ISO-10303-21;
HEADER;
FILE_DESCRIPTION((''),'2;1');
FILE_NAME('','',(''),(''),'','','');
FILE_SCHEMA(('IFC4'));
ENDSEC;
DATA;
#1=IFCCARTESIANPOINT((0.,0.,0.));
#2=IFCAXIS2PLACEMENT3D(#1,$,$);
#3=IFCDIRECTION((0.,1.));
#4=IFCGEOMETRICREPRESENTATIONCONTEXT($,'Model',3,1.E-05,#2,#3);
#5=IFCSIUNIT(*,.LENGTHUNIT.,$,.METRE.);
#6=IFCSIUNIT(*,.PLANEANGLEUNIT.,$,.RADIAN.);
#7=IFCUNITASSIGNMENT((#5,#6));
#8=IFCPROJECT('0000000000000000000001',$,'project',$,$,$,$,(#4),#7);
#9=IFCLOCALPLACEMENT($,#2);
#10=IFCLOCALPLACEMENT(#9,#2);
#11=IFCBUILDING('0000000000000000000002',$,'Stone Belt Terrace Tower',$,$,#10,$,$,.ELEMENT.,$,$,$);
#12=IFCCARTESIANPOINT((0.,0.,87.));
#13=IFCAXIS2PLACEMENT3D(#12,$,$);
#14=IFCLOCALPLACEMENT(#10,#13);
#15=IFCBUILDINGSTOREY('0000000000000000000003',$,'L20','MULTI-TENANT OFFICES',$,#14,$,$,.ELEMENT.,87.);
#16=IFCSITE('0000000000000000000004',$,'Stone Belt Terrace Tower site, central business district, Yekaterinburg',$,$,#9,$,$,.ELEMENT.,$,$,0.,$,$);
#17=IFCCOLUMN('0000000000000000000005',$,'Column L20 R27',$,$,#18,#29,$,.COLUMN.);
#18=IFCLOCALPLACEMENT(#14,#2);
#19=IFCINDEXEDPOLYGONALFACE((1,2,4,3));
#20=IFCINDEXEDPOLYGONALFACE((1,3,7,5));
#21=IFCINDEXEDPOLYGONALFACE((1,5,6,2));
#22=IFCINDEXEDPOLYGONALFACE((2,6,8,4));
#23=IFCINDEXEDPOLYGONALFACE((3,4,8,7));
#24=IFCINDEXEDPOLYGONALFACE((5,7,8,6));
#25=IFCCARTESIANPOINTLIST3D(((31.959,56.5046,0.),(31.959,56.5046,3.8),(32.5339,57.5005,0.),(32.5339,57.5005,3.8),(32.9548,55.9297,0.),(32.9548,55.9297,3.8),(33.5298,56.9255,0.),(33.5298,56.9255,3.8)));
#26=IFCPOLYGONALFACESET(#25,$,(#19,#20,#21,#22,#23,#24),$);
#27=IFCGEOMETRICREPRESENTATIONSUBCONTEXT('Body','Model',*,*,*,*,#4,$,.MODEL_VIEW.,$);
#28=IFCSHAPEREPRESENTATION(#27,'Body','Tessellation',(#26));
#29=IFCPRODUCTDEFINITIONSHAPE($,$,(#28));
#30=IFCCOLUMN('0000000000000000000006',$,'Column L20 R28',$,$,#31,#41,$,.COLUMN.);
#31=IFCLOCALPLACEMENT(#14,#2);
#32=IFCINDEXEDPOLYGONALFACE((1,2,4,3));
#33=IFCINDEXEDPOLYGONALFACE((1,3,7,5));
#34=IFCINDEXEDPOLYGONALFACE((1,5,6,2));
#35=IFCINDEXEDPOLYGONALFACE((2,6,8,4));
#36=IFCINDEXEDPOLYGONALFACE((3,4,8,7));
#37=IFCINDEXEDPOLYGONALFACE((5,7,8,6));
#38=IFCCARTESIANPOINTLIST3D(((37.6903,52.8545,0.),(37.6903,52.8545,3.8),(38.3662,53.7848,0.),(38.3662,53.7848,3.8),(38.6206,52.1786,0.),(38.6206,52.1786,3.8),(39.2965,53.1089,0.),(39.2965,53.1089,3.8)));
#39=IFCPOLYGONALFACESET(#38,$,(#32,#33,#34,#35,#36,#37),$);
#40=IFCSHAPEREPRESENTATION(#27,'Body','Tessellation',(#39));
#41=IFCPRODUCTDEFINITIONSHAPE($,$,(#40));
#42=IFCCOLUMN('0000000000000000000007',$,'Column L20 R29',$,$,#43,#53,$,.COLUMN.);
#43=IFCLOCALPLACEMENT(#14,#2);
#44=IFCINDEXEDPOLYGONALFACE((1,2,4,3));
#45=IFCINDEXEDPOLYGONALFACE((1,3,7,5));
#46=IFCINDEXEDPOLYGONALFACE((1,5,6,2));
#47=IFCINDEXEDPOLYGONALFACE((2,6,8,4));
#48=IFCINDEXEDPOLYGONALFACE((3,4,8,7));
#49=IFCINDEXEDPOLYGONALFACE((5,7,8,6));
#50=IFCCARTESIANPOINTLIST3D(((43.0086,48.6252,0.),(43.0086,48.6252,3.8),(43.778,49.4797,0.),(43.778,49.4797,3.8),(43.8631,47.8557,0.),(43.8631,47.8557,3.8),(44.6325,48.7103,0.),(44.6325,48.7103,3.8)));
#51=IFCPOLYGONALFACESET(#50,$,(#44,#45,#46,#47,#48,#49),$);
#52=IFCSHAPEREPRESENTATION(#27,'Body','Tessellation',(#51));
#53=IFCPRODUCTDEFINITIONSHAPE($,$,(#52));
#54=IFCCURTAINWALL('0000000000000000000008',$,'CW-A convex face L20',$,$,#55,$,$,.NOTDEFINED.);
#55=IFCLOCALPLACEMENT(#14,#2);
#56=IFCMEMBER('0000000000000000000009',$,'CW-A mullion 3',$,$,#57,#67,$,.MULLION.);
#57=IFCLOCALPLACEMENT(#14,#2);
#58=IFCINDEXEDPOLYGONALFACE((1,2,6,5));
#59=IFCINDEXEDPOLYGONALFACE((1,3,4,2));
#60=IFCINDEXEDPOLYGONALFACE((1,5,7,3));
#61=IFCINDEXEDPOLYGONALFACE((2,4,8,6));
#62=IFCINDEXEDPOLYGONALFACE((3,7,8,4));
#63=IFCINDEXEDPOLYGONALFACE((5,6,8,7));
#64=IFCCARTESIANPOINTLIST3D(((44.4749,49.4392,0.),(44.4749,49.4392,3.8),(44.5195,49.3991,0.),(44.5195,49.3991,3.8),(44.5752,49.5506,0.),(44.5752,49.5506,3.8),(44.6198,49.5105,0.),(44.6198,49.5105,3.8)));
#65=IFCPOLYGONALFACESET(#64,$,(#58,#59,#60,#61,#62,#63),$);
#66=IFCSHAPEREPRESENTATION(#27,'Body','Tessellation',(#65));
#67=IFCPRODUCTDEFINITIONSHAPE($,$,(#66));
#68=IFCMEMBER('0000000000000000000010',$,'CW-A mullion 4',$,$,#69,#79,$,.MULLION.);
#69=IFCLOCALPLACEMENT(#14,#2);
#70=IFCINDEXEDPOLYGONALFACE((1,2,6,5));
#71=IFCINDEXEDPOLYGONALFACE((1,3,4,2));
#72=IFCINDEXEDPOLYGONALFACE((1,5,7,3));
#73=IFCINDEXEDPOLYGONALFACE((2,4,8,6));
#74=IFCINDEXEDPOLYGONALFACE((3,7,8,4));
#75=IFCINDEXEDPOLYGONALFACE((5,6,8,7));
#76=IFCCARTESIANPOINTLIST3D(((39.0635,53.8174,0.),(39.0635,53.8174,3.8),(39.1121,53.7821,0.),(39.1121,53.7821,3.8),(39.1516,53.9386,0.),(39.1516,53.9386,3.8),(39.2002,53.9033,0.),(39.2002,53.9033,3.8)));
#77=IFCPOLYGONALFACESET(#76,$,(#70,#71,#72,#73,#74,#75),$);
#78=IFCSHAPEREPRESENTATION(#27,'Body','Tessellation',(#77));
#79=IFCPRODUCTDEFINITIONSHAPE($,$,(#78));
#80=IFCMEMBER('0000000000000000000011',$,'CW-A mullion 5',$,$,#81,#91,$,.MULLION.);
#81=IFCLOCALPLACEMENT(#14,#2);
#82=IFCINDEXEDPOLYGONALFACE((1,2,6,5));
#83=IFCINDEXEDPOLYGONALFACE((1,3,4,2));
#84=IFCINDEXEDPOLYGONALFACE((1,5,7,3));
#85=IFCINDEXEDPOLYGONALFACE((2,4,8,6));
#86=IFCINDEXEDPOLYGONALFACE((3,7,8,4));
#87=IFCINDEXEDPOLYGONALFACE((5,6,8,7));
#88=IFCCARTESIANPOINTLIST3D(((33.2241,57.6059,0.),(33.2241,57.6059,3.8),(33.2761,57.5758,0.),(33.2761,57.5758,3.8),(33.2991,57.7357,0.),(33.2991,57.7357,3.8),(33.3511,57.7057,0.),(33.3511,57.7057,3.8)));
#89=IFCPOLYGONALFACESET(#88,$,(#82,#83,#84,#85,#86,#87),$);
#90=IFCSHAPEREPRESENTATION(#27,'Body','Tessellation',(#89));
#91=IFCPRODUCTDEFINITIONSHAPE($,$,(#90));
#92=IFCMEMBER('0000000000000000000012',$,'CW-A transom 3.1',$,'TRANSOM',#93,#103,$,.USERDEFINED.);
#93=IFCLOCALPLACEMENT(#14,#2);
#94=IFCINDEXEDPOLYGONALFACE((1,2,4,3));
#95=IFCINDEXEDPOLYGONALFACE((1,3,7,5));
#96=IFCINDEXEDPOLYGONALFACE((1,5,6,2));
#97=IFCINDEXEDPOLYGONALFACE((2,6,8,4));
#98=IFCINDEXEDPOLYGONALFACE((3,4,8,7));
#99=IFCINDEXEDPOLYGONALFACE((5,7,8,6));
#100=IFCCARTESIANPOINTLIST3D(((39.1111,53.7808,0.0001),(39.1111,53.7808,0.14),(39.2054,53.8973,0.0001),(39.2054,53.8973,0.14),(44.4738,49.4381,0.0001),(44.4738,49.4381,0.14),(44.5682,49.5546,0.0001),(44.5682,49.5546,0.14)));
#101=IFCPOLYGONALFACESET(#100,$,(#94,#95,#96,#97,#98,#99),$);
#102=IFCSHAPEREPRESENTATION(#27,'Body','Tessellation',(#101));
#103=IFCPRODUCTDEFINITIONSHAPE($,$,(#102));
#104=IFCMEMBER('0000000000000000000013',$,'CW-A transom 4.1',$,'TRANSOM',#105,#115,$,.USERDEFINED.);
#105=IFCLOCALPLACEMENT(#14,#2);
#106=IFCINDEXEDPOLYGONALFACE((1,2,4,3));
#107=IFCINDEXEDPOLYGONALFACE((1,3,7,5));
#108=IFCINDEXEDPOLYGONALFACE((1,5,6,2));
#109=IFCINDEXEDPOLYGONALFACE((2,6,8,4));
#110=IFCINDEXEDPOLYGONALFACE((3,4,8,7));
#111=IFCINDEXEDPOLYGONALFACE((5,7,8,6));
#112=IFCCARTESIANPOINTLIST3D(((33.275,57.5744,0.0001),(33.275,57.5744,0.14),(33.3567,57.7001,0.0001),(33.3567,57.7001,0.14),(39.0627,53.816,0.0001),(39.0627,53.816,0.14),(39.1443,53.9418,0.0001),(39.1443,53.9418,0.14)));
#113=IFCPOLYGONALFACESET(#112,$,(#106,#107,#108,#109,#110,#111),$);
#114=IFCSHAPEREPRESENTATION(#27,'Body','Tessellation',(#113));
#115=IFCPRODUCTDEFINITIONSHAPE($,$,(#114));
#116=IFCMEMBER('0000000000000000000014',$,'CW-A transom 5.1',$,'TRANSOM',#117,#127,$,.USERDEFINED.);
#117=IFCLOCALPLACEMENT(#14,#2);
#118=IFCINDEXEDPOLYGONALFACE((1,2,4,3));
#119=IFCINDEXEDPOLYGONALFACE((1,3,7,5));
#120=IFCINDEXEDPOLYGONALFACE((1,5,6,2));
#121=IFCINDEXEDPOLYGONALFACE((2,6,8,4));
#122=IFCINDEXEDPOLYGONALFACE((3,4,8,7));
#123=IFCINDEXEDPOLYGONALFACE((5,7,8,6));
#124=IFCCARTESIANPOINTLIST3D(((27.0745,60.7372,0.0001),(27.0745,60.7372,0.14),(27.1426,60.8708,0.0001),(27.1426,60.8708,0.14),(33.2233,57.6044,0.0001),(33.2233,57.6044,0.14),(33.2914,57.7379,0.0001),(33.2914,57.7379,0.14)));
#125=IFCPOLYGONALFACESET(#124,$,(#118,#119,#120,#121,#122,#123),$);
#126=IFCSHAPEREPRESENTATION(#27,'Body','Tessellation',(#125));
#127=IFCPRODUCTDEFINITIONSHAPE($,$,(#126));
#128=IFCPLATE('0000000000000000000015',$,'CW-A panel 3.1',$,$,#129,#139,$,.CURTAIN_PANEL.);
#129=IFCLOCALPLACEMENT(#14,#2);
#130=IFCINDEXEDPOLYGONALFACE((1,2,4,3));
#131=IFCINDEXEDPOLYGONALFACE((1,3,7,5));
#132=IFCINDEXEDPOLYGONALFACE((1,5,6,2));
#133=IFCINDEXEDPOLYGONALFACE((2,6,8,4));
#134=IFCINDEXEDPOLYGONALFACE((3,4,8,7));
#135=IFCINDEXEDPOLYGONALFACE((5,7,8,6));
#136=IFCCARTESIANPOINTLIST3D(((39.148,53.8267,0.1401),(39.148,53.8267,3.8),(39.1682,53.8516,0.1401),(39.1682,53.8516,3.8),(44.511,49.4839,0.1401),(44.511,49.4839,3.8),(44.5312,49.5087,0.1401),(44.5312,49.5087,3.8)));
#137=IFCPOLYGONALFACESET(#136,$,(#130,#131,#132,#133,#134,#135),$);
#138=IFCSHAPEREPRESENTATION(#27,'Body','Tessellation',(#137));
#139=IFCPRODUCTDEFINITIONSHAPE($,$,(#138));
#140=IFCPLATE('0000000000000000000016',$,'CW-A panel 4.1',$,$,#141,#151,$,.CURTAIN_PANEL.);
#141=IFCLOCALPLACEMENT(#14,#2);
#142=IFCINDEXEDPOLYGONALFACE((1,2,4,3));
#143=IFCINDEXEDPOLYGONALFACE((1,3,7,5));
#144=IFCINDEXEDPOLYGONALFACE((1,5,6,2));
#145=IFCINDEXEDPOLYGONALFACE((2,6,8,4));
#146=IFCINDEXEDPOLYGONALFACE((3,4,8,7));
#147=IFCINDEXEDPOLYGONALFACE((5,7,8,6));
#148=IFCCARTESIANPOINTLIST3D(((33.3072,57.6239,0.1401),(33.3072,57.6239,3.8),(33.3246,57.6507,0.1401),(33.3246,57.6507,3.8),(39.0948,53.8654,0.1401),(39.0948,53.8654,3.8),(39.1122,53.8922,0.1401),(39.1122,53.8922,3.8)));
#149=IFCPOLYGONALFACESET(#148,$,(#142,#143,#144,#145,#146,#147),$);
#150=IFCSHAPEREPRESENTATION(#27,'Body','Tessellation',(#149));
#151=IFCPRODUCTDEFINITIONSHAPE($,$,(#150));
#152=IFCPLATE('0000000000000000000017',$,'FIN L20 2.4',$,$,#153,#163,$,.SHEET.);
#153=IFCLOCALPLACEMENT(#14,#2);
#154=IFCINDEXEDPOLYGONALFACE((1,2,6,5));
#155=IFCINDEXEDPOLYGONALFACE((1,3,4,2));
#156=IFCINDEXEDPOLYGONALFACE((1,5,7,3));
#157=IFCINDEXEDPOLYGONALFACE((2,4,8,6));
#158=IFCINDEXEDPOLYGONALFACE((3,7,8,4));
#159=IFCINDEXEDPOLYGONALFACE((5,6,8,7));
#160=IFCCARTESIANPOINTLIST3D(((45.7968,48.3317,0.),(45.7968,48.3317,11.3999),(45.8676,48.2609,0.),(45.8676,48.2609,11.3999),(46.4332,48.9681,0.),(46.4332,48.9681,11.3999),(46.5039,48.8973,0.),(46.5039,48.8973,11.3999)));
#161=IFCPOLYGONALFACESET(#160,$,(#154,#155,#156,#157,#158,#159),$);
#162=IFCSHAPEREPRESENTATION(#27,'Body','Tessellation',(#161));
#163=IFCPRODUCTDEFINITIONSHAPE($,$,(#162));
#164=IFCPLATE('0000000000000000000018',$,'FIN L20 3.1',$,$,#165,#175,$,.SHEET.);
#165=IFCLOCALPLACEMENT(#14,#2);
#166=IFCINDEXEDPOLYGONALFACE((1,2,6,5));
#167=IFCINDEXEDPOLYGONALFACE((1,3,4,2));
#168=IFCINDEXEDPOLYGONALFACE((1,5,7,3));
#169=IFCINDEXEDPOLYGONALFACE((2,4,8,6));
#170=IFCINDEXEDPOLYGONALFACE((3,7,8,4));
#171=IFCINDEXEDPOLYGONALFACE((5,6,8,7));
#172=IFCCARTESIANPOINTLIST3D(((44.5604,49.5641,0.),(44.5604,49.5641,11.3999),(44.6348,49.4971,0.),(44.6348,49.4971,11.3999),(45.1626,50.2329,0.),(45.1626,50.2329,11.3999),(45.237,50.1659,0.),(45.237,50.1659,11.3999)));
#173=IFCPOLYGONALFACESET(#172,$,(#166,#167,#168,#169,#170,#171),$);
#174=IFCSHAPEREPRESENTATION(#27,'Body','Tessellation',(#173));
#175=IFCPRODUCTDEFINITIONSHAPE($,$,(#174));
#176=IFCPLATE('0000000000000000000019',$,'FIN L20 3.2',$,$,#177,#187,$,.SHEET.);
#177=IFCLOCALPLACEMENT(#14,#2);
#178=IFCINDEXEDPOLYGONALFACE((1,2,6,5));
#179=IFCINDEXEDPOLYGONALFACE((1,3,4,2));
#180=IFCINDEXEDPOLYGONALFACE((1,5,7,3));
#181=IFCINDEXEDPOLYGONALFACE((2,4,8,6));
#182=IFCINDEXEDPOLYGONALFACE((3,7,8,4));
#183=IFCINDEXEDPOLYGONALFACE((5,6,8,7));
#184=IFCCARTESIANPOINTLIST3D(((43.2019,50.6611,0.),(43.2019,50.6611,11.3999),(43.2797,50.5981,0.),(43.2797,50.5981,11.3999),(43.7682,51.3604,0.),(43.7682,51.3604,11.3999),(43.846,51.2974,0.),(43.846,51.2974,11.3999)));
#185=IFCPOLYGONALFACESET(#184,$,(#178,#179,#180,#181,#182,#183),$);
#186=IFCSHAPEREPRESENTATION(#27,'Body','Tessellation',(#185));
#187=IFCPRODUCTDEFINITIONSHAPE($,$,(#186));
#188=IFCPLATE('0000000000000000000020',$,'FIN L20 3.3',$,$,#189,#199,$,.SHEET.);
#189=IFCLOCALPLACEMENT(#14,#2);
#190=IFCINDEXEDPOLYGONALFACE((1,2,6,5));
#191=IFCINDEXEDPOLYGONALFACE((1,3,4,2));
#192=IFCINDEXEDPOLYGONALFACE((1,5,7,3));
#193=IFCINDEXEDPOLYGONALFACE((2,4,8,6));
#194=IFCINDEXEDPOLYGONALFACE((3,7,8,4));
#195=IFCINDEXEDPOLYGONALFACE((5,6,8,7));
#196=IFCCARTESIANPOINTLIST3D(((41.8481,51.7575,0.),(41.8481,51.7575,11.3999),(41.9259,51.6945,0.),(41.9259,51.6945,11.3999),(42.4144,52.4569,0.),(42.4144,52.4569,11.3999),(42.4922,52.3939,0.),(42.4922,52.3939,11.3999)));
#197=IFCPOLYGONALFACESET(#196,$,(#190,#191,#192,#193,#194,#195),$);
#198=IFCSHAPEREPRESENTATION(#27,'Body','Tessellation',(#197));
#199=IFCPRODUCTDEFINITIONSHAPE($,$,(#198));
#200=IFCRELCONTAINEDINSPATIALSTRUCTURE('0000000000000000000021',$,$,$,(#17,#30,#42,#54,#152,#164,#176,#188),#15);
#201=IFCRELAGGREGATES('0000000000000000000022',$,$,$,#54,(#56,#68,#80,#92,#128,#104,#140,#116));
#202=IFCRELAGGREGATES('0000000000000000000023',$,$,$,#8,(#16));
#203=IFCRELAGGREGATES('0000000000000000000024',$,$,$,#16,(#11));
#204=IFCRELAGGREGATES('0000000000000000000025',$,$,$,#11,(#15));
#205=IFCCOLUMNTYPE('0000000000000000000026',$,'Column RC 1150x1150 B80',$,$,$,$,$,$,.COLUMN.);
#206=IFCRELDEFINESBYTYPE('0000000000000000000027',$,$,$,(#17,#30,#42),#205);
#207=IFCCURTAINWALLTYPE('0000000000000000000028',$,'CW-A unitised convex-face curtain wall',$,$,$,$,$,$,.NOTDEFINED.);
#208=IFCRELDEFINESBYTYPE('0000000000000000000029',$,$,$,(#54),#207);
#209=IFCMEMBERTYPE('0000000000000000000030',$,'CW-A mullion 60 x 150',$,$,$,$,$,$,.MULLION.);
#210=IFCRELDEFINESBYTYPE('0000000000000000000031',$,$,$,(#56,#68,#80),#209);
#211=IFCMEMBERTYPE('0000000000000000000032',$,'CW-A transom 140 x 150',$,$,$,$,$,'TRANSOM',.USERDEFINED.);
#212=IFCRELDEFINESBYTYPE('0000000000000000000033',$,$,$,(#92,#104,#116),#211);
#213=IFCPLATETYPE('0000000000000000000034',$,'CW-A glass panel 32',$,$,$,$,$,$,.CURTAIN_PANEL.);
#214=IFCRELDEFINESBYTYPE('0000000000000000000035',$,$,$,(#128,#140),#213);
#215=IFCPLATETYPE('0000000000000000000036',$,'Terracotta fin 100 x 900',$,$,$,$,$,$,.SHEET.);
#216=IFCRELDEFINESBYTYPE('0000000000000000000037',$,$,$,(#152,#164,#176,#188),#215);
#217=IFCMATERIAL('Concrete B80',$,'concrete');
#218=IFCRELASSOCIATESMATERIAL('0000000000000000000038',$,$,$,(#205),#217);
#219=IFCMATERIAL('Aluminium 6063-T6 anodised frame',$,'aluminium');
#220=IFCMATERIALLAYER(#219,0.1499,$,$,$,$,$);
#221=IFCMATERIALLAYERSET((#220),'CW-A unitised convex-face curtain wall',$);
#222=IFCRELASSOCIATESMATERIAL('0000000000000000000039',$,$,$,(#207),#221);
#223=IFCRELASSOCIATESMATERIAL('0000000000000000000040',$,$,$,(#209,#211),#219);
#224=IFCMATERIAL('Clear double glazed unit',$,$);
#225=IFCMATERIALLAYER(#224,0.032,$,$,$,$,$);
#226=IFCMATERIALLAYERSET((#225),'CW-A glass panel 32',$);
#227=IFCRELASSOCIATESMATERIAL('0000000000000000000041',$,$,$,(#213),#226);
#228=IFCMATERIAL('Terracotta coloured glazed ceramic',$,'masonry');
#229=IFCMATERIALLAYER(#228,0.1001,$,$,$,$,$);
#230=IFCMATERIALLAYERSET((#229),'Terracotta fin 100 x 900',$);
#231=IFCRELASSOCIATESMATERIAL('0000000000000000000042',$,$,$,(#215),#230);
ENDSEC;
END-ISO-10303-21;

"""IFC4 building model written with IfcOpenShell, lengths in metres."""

from ifc_helpers import new_model, si_unit, direction, frame, origin, origin_2d, place, context, subcontext, project, spatial, rectangle, extrude, material, layer, layer_set, material_profile, profile_set, type_object, element, aggregate, save


model = new_model("IFC4")

# Units and contexts
model_context = context("Model", 3, precision=1e-05, world=origin(), true_north=direction((0.0, 1.0)))
body_context = subcontext(model_context, "Body", "Model", "MODEL_VIEW")
ifc_project = project(units=[si_unit("LENGTHUNIT", "METRE"), si_unit("PLANEANGLEUNIT", "RADIAN")], contexts=[model_context])

# Site, building, storey
site_placement = place(None, origin())
site = spatial("IfcSite", under=ifc_project, at=site_placement, Name="Stone Belt Terrace Tower site, central business district, Yekaterinburg", CompositionType="ELEMENT", RefElevation=0.0)
building_placement = place(site_placement, origin())
building = spatial("IfcBuilding", under=site, at=building_placement, Name="Stone Belt Terrace Tower", CompositionType="ELEMENT")
storey_placement = place(building_placement, frame((0.0, 0.0, 87.0)))
storey = spatial("IfcBuildingStorey", under=building, at=storey_placement, Name="L20", Description="MULTI-TENANT OFFICES", CompositionType="ELEMENT", Elevation=87.0)

# Columns
ifc_material_1 = material(Name="Concrete B80", Category="concrete")
ifc_material_profile_1 = material_profile(ifc_material_1, rectangle(XDim=1.1499, YDim=1.1499, at=origin_2d()), Name="RC 1150x1150")
ifc_profile_set_1 = profile_set([ifc_material_profile_1], Name="Concrete B80")
column_type = type_object("IfcColumnType", Name="Column RC 1150x1150 B80", PredefinedType="COLUMN", material=ifc_profile_set_1)
for number, where, z_axis, x_axis, name in (
    (1, (32.7444, 56.7151, 0.0), (0.0, 0.0, 1.0), (0.866025, -0.5, 0.0), "Column L20 R27"),
    (2, (38.4934, 52.9817, 0.0), (0.0, 0.0, 1.0), (0.809017, -0.587785, 0.0), "Column L20 R28"),
    (3, (43.8206, 48.6677, 0.0), (0.0, 0.0, 1.0), (0.743145, -0.669131, 0.0), "Column L20 R29"),
):
    element("IfcColumn", number, at=place(storey_placement, frame(where, z_axis=z_axis, x_axis=x_axis)), inside=storey, type_object=column_type, Name=name, PredefinedType="COLUMN", context=body_context, shape_type="SweptSolid", body=[
        extrude(rectangle(XDim=1.1499, YDim=1.1499, at=origin_2d()), origin(), (0.0, 0.0, 1.0), 3.8),
    ])

# Curtain wall, members, plates
ifc_material_2 = material(Name="Aluminium 6063-T6 anodised frame", Category="aluminium")
ifc_layer_1 = layer(ifc_material_2, 0.1499)
ifc_layer_set_1 = layer_set([ifc_layer_1], Name="CW-A unitised convex-face curtain wall")
curtain_wall_type = type_object("IfcCurtainWallType", Name="CW-A unitised convex-face curtain wall", PredefinedType="NOTDEFINED", material=ifc_layer_set_1)
curtain_wall_placement = place(storey_placement, origin())
curtain_wall = element("IfcCurtainWall", 4, at=curtain_wall_placement, inside=storey, type_object=curtain_wall_type, Name="CW-A convex face L20", PredefinedType="NOTDEFINED")
ifc_material_profile_2 = material_profile(ifc_material_2, rectangle(XDim=0.1499, YDim=0.0601, at=origin_2d()), Name="Aluminium 6063-T6 60x150")
ifc_profile_set_2 = profile_set([ifc_material_profile_2], Name="Aluminium 6063-T6 anodised frame")
member_type_1 = type_object("IfcMemberType", Name="CW-A mullion 60 x 150", PredefinedType="MULLION", material=ifc_profile_set_2)
member_1_placement = place(storey_placement, frame((44.5474, 49.4749, 0.0), z_axis=(0.0, 0.0, 1.0), x_axis=(-0.669131, -0.743145, 0.0)))
member_1 = element("IfcMember", 5, at=member_1_placement, type_object=member_type_1, Name="CW-A mullion 3", PredefinedType="MULLION", context=body_context, shape_type="SweptSolid", body=[
    extrude(rectangle(XDim=0.1499, YDim=0.0601, at=origin_2d()), origin(), (0.0, 0.0, 1.0), 3.8),
])
member_2_placement = place(storey_placement, frame((39.1318, 53.8604, 0.0), z_axis=(0.0, 0.0, 1.0), x_axis=(-0.587785, -0.809017, 0.0)))
member_2 = element("IfcMember", 6, at=member_2_placement, type_object=member_type_1, Name="CW-A mullion 4", PredefinedType="MULLION", context=body_context, shape_type="SweptSolid", body=[
    extrude(rectangle(XDim=0.1499, YDim=0.0601, at=origin_2d()), origin(), (0.0, 0.0, 1.0), 3.8),
])
member_3_placement = place(storey_placement, frame((33.2876, 57.6558, 0.0), z_axis=(0.0, 0.0, 1.0), x_axis=(-0.5, -0.866025, 0.0)))
member_3 = element("IfcMember", 7, at=member_3_placement, type_object=member_type_1, Name="CW-A mullion 5", PredefinedType="MULLION", context=body_context, shape_type="SweptSolid", body=[
    extrude(rectangle(XDim=0.1499, YDim=0.0601, at=origin_2d()), origin(), (0.0, 0.0, 1.0), 3.8),
])
ifc_material_profile_3 = material_profile(ifc_material_2, rectangle(XDim=0.1499, YDim=0.1399, at=origin_2d()), Name="Aluminium 6063-T6 150x140")
ifc_profile_set_3 = profile_set([ifc_material_profile_3], Name="Aluminium 6063-T6 anodised frame")
member_type_2 = type_object("IfcMemberType", Name="CW-A transom 140 x 150", ElementType="TRANSOM", PredefinedType="USERDEFINED", material=ifc_profile_set_3)
member_4_placement = place(storey_placement, frame((44.521, 49.4963, 0.0701), z_axis=(-0.777141, 0.629326, 0.0), x_axis=(-0.629326, -0.777141, 0.0)))
member_4 = element("IfcMember", 8, at=member_4_placement, type_object=member_type_2, Name="CW-A transom 3.1", ObjectType="TRANSOM", PredefinedType="USERDEFINED", context=body_context, shape_type="SweptSolid", body=[
    extrude(rectangle(XDim=0.1499, YDim=0.1399, at=origin_2d()), origin(), (0.0, 0.0, 1.0), 6.9006),
])
member_5_placement = place(storey_placement, frame((39.1035, 53.8789, 0.0701), z_axis=(-0.838684, 0.544618, 0.0), x_axis=(-0.544618, -0.838684, 0.0)))
member_5 = element("IfcMember", 9, at=member_5_placement, type_object=member_type_2, Name="CW-A transom 4.1", ObjectType="TRANSOM", PredefinedType="USERDEFINED", context=body_context, shape_type="SweptSolid", body=[
    extrude(rectangle(XDim=0.1499, YDim=0.1399, at=origin_2d()), origin(), (0.0, 0.0, 1.0), 6.9009),
])
member_6_placement = place(storey_placement, frame((33.2573, 57.6711, 0.0701), z_axis=(-0.891012, 0.453979, 0.0), x_axis=(-0.453979, -0.891012, 0.0)))
member_6 = element("IfcMember", 10, at=member_6_placement, type_object=member_type_2, Name="CW-A transom 5.1", ObjectType="TRANSOM", PredefinedType="USERDEFINED", context=body_context, shape_type="SweptSolid", body=[
    extrude(rectangle(XDim=0.1499, YDim=0.1399, at=origin_2d()), origin(), (0.0, 0.0, 1.0), 6.9009),
])
ifc_material_3 = material(Name="Clear double glazed unit")
ifc_layer_2 = layer(ifc_material_3, 0.032)
ifc_layer_set_2 = layer_set([ifc_layer_2], Name="CW-A glass panel 32")
plate_type_1 = type_object("IfcPlateType", Name="CW-A glass panel 32", PredefinedType="CURTAIN_PANEL", material=ifc_layer_set_2)
plate_1_placement = place(storey_placement, frame((41.8396, 51.6677, 0.1401), z_axis=(0.0, 0.0, 1.0), x_axis=(-0.777146, 0.62932, 0.0)))
plate_1 = element("IfcPlate", 11, at=plate_1_placement, type_object=plate_type_1, Name="CW-A panel 3.1", PredefinedType="CURTAIN_PANEL", context=body_context, shape_type="SweptSolid", body=[
    extrude(rectangle(XDim=6.9009, YDim=0.032, at=origin_2d()), origin(), (0.0, 0.0, 1.0), 3.6599),
])
plate_2_placement = place(storey_placement, frame((36.2097, 55.7581, 0.1401), z_axis=(0.0, 0.0, 1.0), x_axis=(-0.838671, 0.544639, 0.0)))
plate_2 = element("IfcPlate", 12, at=plate_2_placement, type_object=plate_type_1, Name="CW-A panel 4.1", PredefinedType="CURTAIN_PANEL", context=body_context, shape_type="SweptSolid", body=[
    extrude(rectangle(XDim=6.9009, YDim=0.032, at=origin_2d()), origin(), (0.0, 0.0, 1.0), 3.6599),
])
aggregate(curtain_wall, [member_1, member_2, member_3, member_4, plate_1, member_5, plate_2, member_6])

# Plates
ifc_material_4 = material(Name="Terracotta coloured glazed ceramic", Category="masonry")
ifc_layer_3 = layer(ifc_material_4, 0.1001)
ifc_layer_set_3 = layer_set([ifc_layer_3], Name="Terracotta fin 100 x 900")
plate_type_2 = type_object("IfcPlateType", Name="Terracotta fin 100 x 900", PredefinedType="SHEET", material=ifc_layer_set_3)
for number, where, z_axis, x_axis, name in (
    (13, (46.1504, 48.6145, 0.0), (0.0, 0.0, 1.0), (0.707107, 0.707107, 0.0), "FIN L20 2.4"),
    (14, (44.8987, 49.865, 0.0), (0.0, 0.0, 1.0), (0.669131, 0.743145, 0.0), "FIN L20 3.1"),
    (15, (43.5239, 50.9792, 0.0), (0.0, 0.0, 1.0), (0.62932, 0.777146, 0.0), "FIN L20 3.2"),
    (16, (42.1702, 52.0757, 0.0), (0.0, 0.0, 1.0), (0.62932, 0.777146, 0.0), "FIN L20 3.3"),
):
    element("IfcPlate", number, at=place(storey_placement, frame(where, z_axis=z_axis, x_axis=x_axis)), inside=storey, type_object=plate_type_2, Name=name, PredefinedType="SHEET", context=body_context, shape_type="SweptSolid", body=[
        extrude(rectangle(XDim=0.8999, YDim=0.1001, at=origin_2d()), origin(), (0.0, 0.0, 1.0), 11.3999),
    ])

save(model, "model.ifc")
